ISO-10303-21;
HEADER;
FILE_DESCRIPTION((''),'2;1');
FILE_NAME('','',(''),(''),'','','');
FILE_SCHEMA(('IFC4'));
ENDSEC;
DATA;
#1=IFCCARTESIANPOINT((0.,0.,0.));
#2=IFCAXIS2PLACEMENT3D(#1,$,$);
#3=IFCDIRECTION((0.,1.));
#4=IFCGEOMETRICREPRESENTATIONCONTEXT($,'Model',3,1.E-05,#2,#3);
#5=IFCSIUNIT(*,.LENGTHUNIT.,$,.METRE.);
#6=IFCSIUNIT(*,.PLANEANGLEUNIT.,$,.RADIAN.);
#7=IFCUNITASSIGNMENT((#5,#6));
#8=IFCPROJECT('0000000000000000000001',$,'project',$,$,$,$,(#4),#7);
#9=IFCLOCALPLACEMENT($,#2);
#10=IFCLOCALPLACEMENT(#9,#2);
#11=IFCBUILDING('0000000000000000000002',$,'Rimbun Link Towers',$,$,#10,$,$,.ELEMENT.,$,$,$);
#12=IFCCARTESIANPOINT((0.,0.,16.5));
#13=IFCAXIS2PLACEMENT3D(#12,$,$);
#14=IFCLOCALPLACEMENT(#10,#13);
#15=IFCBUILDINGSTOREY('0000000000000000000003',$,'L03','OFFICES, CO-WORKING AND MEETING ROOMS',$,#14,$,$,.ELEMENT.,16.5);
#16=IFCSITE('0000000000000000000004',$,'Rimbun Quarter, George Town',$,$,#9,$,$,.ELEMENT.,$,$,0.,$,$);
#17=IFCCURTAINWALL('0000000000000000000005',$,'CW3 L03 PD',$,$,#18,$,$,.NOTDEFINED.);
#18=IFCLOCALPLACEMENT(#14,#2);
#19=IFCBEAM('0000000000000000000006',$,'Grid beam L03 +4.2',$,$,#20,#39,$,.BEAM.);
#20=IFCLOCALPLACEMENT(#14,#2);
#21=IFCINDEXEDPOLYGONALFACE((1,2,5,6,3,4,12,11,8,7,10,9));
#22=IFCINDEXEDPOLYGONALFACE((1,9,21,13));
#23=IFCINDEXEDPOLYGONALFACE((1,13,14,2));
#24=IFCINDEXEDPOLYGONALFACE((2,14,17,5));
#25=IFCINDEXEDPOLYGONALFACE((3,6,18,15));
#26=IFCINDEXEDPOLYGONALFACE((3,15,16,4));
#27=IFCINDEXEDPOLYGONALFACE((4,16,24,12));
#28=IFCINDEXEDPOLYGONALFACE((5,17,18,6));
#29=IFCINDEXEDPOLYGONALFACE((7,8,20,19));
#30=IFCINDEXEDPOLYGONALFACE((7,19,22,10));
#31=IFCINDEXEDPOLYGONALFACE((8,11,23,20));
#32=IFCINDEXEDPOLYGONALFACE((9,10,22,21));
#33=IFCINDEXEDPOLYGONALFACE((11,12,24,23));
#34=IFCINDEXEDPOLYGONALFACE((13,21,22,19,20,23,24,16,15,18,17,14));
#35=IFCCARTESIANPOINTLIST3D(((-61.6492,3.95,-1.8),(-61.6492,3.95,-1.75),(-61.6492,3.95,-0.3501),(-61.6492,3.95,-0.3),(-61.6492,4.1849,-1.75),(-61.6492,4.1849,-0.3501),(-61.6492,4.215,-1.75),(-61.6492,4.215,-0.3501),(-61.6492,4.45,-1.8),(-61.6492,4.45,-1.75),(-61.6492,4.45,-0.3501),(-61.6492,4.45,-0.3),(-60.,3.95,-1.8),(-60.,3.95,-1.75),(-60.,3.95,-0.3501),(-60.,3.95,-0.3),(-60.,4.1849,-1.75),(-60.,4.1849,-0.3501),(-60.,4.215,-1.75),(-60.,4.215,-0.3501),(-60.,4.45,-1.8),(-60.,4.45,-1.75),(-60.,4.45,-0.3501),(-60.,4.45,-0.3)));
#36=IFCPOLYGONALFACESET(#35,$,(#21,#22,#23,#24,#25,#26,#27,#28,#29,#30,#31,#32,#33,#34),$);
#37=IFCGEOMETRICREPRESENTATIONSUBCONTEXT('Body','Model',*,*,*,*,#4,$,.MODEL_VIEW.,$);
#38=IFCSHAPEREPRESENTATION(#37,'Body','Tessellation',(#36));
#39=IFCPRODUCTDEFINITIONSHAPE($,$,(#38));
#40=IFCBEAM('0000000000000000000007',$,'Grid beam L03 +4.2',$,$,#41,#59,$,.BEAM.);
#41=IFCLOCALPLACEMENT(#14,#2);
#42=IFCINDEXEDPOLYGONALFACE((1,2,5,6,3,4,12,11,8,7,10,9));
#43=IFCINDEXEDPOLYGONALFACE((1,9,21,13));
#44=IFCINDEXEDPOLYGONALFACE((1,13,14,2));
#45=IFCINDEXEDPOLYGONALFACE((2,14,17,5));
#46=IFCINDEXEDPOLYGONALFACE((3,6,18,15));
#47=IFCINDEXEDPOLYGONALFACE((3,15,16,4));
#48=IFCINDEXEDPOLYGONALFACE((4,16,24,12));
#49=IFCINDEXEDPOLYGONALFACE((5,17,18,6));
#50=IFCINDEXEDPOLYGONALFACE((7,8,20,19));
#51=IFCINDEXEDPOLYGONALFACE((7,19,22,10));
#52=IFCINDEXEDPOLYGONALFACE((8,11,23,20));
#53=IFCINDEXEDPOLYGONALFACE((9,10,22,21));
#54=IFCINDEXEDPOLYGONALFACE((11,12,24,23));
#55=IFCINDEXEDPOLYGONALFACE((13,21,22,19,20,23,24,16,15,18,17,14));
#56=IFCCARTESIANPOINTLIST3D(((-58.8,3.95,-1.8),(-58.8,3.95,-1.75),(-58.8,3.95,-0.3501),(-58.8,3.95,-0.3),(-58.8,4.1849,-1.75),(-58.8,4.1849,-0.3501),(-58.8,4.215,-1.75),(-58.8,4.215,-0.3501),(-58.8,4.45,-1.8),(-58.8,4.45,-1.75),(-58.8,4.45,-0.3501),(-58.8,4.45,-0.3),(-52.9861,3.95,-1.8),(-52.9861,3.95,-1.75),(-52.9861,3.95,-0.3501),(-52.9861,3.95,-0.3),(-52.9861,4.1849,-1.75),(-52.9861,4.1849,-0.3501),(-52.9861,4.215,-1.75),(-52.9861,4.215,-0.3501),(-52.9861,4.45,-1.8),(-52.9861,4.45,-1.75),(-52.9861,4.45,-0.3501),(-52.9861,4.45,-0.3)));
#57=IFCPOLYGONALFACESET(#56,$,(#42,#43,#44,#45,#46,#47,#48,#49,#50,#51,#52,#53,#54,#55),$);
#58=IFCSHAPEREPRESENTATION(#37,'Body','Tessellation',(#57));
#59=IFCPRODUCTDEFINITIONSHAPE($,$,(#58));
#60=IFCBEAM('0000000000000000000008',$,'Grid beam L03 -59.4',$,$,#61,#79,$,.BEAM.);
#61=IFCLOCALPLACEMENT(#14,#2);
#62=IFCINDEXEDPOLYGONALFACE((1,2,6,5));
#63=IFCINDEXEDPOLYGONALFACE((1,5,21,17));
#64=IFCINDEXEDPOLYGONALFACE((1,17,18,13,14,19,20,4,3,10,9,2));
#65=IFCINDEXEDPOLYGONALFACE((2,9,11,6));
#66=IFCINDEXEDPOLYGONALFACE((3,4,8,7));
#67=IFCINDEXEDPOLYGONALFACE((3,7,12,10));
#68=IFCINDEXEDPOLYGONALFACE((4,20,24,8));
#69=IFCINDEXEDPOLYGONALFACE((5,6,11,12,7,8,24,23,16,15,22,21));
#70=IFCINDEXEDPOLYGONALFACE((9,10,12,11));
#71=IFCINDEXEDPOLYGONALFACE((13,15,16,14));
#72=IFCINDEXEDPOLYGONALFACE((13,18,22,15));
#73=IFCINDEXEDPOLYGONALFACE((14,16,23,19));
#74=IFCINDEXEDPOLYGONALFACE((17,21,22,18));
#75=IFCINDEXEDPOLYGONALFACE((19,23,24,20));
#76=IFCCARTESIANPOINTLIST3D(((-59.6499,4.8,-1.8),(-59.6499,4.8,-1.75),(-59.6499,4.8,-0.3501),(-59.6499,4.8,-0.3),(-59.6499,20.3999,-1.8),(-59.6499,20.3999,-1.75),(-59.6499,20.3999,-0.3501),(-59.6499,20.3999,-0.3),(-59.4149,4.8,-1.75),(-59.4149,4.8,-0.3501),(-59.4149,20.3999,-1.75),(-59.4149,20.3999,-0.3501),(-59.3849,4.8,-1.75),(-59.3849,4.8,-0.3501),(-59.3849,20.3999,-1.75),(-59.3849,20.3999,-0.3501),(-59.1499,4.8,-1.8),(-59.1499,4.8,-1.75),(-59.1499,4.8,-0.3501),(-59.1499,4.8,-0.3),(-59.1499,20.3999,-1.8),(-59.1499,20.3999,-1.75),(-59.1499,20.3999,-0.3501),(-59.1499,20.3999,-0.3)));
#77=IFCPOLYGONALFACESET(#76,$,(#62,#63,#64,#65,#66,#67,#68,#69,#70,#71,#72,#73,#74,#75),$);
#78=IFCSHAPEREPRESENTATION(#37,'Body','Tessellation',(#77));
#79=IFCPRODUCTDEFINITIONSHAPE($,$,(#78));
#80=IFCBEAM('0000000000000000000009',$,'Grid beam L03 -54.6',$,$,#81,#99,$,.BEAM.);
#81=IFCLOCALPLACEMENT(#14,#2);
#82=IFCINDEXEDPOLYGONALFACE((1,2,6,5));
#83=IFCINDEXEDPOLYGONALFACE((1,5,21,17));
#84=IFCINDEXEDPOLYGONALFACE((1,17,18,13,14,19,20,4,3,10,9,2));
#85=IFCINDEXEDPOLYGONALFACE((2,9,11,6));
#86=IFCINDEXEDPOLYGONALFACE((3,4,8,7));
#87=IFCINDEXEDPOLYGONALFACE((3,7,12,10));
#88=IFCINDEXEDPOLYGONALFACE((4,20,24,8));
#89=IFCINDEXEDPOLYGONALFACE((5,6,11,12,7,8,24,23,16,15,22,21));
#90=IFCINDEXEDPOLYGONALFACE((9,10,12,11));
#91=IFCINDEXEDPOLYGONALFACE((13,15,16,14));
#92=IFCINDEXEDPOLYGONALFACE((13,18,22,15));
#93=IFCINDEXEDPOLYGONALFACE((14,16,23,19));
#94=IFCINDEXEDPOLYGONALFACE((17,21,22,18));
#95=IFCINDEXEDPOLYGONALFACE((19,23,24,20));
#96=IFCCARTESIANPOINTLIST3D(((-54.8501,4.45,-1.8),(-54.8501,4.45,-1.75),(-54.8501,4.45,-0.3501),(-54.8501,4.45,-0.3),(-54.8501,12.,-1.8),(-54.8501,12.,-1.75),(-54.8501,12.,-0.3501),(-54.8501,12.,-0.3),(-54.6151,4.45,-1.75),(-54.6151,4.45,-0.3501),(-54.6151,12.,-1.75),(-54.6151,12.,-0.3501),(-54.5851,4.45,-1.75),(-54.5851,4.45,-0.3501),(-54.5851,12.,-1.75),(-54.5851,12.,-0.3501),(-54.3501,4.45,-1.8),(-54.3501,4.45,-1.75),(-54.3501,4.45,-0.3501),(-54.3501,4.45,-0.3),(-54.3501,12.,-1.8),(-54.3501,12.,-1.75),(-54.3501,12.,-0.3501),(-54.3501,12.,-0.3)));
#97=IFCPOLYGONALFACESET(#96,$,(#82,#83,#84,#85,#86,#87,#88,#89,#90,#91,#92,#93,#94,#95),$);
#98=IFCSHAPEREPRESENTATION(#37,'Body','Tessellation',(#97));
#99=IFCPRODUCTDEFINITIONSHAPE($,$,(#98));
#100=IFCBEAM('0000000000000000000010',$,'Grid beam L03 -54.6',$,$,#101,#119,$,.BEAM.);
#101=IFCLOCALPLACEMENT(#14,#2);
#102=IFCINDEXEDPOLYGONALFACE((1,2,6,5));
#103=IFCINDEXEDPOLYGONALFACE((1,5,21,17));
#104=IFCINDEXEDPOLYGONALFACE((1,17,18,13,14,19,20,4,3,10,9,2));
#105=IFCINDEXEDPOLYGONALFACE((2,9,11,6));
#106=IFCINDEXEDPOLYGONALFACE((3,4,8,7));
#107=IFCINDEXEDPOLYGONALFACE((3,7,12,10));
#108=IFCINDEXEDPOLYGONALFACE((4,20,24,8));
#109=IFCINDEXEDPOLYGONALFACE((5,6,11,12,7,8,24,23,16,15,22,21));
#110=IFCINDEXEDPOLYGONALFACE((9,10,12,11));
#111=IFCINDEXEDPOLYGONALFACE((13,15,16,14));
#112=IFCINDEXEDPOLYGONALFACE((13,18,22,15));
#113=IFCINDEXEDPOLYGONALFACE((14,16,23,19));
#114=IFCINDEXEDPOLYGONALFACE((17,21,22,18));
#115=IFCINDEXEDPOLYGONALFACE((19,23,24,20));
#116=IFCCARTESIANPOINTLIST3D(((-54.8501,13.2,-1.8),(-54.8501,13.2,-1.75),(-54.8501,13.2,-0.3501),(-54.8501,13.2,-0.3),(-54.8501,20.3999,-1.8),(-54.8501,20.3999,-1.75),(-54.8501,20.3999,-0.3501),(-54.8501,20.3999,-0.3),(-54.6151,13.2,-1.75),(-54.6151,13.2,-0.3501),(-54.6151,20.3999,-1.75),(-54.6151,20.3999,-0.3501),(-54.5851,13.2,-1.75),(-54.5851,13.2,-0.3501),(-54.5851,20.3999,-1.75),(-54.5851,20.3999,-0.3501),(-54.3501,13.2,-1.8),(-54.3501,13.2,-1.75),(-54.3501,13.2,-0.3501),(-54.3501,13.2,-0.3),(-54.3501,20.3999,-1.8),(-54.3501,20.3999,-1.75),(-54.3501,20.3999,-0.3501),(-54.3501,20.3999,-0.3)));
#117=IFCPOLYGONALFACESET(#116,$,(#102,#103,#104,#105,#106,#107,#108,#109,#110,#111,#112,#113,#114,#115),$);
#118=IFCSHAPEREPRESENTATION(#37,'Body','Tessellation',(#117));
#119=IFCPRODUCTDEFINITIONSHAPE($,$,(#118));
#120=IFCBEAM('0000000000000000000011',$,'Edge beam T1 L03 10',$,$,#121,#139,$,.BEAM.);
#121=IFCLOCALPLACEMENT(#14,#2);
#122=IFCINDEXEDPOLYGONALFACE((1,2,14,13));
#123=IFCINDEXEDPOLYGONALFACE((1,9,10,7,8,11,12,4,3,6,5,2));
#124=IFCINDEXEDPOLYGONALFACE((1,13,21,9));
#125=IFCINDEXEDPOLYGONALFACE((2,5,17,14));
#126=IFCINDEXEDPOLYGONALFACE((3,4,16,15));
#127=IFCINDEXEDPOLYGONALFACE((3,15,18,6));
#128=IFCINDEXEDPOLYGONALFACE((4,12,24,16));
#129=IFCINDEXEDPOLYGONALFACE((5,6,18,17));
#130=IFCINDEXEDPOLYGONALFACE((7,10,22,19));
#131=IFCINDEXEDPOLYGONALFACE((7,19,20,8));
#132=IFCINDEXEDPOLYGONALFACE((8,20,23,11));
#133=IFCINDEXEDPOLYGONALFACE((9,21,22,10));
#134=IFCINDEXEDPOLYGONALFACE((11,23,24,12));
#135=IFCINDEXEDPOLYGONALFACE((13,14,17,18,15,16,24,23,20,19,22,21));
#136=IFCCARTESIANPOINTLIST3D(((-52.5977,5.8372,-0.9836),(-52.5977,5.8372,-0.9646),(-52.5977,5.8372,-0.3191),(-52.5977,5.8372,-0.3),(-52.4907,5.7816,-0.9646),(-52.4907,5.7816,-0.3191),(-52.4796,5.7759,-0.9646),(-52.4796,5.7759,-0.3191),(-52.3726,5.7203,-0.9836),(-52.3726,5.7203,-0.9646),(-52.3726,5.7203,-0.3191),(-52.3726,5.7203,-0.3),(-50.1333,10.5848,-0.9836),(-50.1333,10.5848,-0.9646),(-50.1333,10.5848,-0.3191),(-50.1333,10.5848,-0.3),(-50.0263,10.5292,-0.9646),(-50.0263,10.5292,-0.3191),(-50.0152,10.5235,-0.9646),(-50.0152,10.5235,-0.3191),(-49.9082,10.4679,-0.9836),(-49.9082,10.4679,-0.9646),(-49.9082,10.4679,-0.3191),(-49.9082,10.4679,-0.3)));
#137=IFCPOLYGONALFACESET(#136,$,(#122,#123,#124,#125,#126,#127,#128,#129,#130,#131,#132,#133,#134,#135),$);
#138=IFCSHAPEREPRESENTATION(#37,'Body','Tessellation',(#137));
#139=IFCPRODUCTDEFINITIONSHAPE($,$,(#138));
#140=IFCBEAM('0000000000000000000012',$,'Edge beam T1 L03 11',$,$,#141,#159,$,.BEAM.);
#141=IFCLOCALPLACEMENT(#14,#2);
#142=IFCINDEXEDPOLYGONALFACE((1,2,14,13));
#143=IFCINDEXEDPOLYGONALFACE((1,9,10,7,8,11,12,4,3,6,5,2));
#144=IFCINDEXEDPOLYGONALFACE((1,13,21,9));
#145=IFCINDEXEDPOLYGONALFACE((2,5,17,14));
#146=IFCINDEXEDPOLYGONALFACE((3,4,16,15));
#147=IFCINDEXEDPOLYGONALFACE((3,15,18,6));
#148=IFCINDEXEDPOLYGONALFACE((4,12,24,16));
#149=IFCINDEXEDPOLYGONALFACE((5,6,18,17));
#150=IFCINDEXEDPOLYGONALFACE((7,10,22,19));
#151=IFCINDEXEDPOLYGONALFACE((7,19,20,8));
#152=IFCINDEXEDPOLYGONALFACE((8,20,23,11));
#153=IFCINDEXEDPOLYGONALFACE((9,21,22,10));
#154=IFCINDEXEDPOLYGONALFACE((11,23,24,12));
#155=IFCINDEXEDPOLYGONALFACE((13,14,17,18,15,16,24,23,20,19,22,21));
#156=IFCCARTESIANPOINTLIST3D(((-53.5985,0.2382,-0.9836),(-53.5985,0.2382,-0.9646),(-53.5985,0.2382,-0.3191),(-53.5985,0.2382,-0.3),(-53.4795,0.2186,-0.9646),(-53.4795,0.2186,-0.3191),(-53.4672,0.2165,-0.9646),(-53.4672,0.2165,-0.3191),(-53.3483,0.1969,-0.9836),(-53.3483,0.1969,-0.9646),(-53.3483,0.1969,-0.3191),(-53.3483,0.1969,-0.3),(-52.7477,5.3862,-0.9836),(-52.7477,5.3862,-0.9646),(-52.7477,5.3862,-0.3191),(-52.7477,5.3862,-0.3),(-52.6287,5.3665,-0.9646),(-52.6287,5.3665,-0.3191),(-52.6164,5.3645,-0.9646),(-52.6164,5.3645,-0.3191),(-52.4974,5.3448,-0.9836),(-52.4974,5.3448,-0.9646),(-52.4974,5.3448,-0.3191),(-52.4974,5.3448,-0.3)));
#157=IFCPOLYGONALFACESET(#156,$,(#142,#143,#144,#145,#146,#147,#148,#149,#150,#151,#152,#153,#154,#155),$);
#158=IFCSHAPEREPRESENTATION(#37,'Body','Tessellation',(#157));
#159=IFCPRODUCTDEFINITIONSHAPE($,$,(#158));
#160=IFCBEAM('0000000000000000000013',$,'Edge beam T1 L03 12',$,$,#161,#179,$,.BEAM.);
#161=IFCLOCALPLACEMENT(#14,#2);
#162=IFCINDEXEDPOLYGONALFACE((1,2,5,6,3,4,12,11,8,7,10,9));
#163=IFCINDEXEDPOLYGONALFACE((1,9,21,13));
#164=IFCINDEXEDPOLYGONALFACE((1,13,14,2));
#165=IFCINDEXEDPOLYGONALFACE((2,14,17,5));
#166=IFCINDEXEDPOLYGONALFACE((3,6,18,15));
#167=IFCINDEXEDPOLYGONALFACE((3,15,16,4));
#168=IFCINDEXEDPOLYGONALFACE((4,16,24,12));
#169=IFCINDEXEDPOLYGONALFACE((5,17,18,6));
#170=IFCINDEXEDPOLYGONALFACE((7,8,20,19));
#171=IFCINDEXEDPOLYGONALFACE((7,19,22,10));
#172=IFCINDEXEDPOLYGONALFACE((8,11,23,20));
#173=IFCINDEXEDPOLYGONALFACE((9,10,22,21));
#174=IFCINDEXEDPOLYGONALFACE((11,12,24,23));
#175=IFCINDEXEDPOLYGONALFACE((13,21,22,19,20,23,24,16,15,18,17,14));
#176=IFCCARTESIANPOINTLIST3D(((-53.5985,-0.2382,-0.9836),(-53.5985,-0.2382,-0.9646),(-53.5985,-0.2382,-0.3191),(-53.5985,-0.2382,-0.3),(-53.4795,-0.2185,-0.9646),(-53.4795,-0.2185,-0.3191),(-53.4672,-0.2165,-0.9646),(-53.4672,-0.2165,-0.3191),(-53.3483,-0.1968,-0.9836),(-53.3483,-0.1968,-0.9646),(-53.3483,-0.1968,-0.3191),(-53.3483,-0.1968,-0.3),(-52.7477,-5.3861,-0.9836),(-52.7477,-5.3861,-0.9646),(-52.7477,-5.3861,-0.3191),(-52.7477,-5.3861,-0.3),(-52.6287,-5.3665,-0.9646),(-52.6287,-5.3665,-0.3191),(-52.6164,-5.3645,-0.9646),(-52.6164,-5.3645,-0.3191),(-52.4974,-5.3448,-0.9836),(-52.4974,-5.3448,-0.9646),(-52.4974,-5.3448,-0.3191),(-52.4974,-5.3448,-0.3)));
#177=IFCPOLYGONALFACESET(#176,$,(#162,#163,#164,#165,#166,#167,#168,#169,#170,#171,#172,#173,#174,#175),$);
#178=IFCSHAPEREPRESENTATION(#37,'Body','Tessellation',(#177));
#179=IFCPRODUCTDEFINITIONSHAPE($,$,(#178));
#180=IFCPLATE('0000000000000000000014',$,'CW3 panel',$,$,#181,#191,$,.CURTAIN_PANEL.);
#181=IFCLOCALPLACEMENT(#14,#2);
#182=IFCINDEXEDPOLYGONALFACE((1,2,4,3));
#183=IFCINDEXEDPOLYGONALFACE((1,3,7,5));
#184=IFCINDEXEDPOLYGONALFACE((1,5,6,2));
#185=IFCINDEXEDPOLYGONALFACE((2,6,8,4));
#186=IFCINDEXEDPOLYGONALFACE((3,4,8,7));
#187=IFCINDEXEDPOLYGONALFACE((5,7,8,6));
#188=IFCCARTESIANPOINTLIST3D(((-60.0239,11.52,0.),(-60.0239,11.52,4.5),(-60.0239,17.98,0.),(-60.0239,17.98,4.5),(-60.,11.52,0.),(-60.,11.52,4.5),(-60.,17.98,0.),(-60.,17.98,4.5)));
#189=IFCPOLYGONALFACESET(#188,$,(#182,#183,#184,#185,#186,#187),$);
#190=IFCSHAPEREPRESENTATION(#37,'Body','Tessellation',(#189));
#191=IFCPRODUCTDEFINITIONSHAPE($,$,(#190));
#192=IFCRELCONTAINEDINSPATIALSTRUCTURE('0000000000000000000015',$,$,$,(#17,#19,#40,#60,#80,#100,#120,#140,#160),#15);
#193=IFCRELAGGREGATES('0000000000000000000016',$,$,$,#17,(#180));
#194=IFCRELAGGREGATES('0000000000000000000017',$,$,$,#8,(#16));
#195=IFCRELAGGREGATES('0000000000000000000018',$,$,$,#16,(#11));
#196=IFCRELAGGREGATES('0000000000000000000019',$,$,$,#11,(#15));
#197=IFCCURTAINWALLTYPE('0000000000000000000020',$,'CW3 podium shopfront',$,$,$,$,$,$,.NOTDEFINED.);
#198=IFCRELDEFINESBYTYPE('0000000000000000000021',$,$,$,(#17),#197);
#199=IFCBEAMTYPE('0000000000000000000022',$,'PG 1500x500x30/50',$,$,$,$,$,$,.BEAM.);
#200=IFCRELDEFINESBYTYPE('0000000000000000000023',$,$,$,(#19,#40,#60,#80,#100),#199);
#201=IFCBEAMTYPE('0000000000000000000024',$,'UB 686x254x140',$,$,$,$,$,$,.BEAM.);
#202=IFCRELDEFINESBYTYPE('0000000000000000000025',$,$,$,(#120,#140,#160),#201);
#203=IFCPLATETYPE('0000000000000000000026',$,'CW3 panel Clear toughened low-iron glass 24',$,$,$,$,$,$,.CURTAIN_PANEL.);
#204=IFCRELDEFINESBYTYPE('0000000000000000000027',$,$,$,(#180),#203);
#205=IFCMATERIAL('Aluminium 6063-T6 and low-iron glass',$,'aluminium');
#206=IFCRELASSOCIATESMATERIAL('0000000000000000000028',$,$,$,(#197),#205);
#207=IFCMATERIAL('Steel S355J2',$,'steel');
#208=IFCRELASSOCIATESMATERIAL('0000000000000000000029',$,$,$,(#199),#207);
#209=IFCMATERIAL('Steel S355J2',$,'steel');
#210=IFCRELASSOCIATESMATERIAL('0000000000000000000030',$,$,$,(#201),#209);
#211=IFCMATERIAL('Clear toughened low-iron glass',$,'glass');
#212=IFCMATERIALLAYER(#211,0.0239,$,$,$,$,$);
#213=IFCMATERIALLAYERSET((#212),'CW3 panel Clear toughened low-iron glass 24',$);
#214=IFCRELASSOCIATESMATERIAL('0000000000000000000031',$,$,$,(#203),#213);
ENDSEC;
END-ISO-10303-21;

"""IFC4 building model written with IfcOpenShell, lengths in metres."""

from ifc_helpers import new_model, si_unit, direction, frame, origin, origin_2d, place, context, subcontext, project, spatial, rectangle, i_section, extrude, material, layer, layer_set, material_profile, profile_set, type_object, element, aggregate, save


model = new_model("IFC4")

# Units and contexts
model_context = context("Model", 3, precision=1e-05, world=origin(), true_north=direction((0.0, 1.0)))
body_context = subcontext(model_context, "Body", "Model", "MODEL_VIEW")
ifc_project = project(units=[si_unit("LENGTHUNIT", "METRE"), si_unit("PLANEANGLEUNIT", "RADIAN")], contexts=[model_context])

# Site, building, storey
site_placement = place(None, origin())
site = spatial("IfcSite", under=ifc_project, at=site_placement, Name="Rimbun Quarter, George Town", CompositionType="ELEMENT", RefElevation=0.0)
building_placement = place(site_placement, origin())
building = spatial("IfcBuilding", under=site, at=building_placement, Name="Rimbun Link Towers", CompositionType="ELEMENT")
storey_placement = place(building_placement, frame((0.0, 0.0, 16.5)))
storey = spatial("IfcBuildingStorey", under=building, at=storey_placement, Name="L03", Description="OFFICES, CO-WORKING AND MEETING ROOMS", CompositionType="ELEMENT", Elevation=16.5)

# Curtain wall
ifc_material_1 = material(Name="Aluminium 6063-T6 and low-iron glass", Category="aluminium")
curtain_wall_type = type_object("IfcCurtainWallType", Name="CW3 podium shopfront", PredefinedType="NOTDEFINED", material=ifc_material_1)
curtain_wall_placement = place(storey_placement, origin())
curtain_wall = element("IfcCurtainWall", 1, at=curtain_wall_placement, inside=storey, type_object=curtain_wall_type, Name="CW3 L03 PD", PredefinedType="NOTDEFINED")

# Beams
ifc_material_2 = material(Name="Steel S355J2", Category="steel")
ifc_material_profile_1 = material_profile(ifc_material_2, i_section(OverallWidth=0.5, OverallDepth=1.5, WebThickness=0.03, FlangeThickness=0.05, at=origin_2d()), Name="PG 1500x500x30/50")
ifc_profile_set_1 = profile_set([ifc_material_profile_1], Name="Steel S355J2")
beam_type_1 = type_object("IfcBeamType", Name="PG 1500x500x30/50", PredefinedType="BEAM", material=ifc_profile_set_1)
beam_1_placement = place(storey_placement, frame((-61.6492, 4.2, -1.05), z_axis=(1.0, 0.0, 0.0), x_axis=(0.0, 1.0, 0.0)))
element("IfcBeam", 2, at=beam_1_placement, inside=storey, type_object=beam_type_1, Name="Grid beam L03 +4.2", PredefinedType="BEAM", context=body_context, shape_type="SweptSolid", body=[
    extrude(i_section(OverallWidth=0.5, OverallDepth=1.5, WebThickness=0.03, FlangeThickness=0.05, at=origin_2d()), origin(), (0.0, 0.0, 1.0), 1.6492),
])
beam_2_placement = place(storey_placement, frame((-58.8, 4.2, -1.05), z_axis=(1.0, 0.0, 0.0), x_axis=(0.0, 1.0, 0.0)))
element("IfcBeam", 3, at=beam_2_placement, inside=storey, type_object=beam_type_1, Name="Grid beam L03 +4.2", PredefinedType="BEAM", context=body_context, shape_type="SweptSolid", body=[
    extrude(i_section(OverallWidth=0.5, OverallDepth=1.5, WebThickness=0.03, FlangeThickness=0.05, at=origin_2d()), origin(), (0.0, 0.0, 1.0), 5.814),
])
beam_3_placement = place(storey_placement, frame((-59.3999, 4.8, -1.05), z_axis=(0.0, 1.0, 0.0), x_axis=(-1.0, 0.0, 0.0)))
element("IfcBeam", 4, at=beam_3_placement, inside=storey, type_object=beam_type_1, Name="Grid beam L03 -59.4", PredefinedType="BEAM", context=body_context, shape_type="SweptSolid", body=[
    extrude(i_section(OverallWidth=0.5, OverallDepth=1.5, WebThickness=0.03, FlangeThickness=0.05, at=origin_2d()), origin(), (0.0, 0.0, 1.0), 15.5999),
])
beam_4_placement = place(storey_placement, frame((-54.6001, 4.45, -1.05), z_axis=(0.0, 1.0, 0.0), x_axis=(-1.0, 0.0, 0.0)))
element("IfcBeam", 5, at=beam_4_placement, inside=storey, type_object=beam_type_1, Name="Grid beam L03 -54.6", PredefinedType="BEAM", context=body_context, shape_type="SweptSolid", body=[
    extrude(i_section(OverallWidth=0.5, OverallDepth=1.5, WebThickness=0.03, FlangeThickness=0.05, at=origin_2d()), origin(), (0.0, 0.0, 1.0), 7.55),
])
beam_5_placement = place(storey_placement, frame((-54.6001, 13.2, -1.05), z_axis=(0.0, 1.0, 0.0), x_axis=(-1.0, 0.0, 0.0)))
element("IfcBeam", 6, at=beam_5_placement, inside=storey, type_object=beam_type_1, Name="Grid beam L03 -54.6", PredefinedType="BEAM", context=body_context, shape_type="SweptSolid", body=[
    extrude(i_section(OverallWidth=0.5, OverallDepth=1.5, WebThickness=0.03, FlangeThickness=0.05, at=origin_2d()), origin(), (0.0, 0.0, 1.0), 7.2),
])
ifc_material_3 = material(Name="Steel S355J2", Category="steel")
ifc_material_profile_2 = material_profile(ifc_material_3, i_section(OverallWidth=0.2537, OverallDepth=0.6836, WebThickness=0.0125, FlangeThickness=0.019, at=origin_2d()), Name="UB 686x254x140")
ifc_profile_set_2 = profile_set([ifc_material_profile_2], Name="Steel S355J2")
beam_type_2 = type_object("IfcBeamType", Name="UB 686x254x140", PredefinedType="BEAM", material=ifc_profile_set_2)
beam_6_placement = place(storey_placement, frame((-50.0208, 10.5264, -0.6418), z_axis=(-0.460709, -0.887551, 0.0), x_axis=(0.887551, -0.460709, 0.0)))
element("IfcBeam", 7, at=beam_6_placement, inside=storey, type_object=beam_type_2, Name="Edge beam T1 L03 10", PredefinedType="BEAM", context=body_context, shape_type="SweptSolid", body=[
    extrude(i_section(OverallWidth=0.2537, OverallDepth=0.6836, WebThickness=0.0125, FlangeThickness=0.019, at=origin_2d()), origin(), (0.0, 0.0, 1.0), 5.3491),
])
for number, where, z_axis, x_axis, name in (
    (8, (-52.6226, 5.3655, -0.6418), (-0.163063, -0.986616, 0.0), (0.986616, -0.163063, 0.0), "Edge beam T1 L03 11"),
    (9, (-53.4734, -0.2175, -0.6418), (0.163063, -0.986616, 0.0), (0.986616, 0.163063, 0.0), "Edge beam T1 L03 12"),
):
    element("IfcBeam", number, at=place(storey_placement, frame(where, z_axis=z_axis, x_axis=x_axis)), inside=storey, type_object=beam_type_2, Name=name, PredefinedType="BEAM", context=body_context, shape_type="SweptSolid", body=[
        extrude(i_section(OverallWidth=0.2537, OverallDepth=0.6836, WebThickness=0.0125, FlangeThickness=0.019, at=origin_2d()), origin(), (0.0, 0.0, 1.0), 5.2178),
    ])

# Plate
ifc_material_4 = material(Name="Clear toughened low-iron glass", Category="glass")
ifc_layer = layer(ifc_material_4, 0.0239)
ifc_layer_set = layer_set([ifc_layer], Name="CW3 panel Clear toughened low-iron glass 24")
plate_type = type_object("IfcPlateType", Name="CW3 panel Clear toughened low-iron glass 24", PredefinedType="CURTAIN_PANEL", material=ifc_layer_set)
plate_1_placement = place(storey_placement, frame((-60.012, 14.75, 0.0), z_axis=(0.0, 0.0, 1.0), x_axis=(0.0, 1.0, 0.0)))
plate_1 = element("IfcPlate", 10, at=plate_1_placement, type_object=plate_type, Name="CW3 panel", PredefinedType="CURTAIN_PANEL", context=body_context, shape_type="SweptSolid", body=[
    extrude(rectangle(XDim=6.46, YDim=0.0239, at=origin_2d()), origin(), (0.0, 0.0, 1.0), 4.5),
])
aggregate(curtain_wall, [plate_1])

save(model, "model.ifc")
